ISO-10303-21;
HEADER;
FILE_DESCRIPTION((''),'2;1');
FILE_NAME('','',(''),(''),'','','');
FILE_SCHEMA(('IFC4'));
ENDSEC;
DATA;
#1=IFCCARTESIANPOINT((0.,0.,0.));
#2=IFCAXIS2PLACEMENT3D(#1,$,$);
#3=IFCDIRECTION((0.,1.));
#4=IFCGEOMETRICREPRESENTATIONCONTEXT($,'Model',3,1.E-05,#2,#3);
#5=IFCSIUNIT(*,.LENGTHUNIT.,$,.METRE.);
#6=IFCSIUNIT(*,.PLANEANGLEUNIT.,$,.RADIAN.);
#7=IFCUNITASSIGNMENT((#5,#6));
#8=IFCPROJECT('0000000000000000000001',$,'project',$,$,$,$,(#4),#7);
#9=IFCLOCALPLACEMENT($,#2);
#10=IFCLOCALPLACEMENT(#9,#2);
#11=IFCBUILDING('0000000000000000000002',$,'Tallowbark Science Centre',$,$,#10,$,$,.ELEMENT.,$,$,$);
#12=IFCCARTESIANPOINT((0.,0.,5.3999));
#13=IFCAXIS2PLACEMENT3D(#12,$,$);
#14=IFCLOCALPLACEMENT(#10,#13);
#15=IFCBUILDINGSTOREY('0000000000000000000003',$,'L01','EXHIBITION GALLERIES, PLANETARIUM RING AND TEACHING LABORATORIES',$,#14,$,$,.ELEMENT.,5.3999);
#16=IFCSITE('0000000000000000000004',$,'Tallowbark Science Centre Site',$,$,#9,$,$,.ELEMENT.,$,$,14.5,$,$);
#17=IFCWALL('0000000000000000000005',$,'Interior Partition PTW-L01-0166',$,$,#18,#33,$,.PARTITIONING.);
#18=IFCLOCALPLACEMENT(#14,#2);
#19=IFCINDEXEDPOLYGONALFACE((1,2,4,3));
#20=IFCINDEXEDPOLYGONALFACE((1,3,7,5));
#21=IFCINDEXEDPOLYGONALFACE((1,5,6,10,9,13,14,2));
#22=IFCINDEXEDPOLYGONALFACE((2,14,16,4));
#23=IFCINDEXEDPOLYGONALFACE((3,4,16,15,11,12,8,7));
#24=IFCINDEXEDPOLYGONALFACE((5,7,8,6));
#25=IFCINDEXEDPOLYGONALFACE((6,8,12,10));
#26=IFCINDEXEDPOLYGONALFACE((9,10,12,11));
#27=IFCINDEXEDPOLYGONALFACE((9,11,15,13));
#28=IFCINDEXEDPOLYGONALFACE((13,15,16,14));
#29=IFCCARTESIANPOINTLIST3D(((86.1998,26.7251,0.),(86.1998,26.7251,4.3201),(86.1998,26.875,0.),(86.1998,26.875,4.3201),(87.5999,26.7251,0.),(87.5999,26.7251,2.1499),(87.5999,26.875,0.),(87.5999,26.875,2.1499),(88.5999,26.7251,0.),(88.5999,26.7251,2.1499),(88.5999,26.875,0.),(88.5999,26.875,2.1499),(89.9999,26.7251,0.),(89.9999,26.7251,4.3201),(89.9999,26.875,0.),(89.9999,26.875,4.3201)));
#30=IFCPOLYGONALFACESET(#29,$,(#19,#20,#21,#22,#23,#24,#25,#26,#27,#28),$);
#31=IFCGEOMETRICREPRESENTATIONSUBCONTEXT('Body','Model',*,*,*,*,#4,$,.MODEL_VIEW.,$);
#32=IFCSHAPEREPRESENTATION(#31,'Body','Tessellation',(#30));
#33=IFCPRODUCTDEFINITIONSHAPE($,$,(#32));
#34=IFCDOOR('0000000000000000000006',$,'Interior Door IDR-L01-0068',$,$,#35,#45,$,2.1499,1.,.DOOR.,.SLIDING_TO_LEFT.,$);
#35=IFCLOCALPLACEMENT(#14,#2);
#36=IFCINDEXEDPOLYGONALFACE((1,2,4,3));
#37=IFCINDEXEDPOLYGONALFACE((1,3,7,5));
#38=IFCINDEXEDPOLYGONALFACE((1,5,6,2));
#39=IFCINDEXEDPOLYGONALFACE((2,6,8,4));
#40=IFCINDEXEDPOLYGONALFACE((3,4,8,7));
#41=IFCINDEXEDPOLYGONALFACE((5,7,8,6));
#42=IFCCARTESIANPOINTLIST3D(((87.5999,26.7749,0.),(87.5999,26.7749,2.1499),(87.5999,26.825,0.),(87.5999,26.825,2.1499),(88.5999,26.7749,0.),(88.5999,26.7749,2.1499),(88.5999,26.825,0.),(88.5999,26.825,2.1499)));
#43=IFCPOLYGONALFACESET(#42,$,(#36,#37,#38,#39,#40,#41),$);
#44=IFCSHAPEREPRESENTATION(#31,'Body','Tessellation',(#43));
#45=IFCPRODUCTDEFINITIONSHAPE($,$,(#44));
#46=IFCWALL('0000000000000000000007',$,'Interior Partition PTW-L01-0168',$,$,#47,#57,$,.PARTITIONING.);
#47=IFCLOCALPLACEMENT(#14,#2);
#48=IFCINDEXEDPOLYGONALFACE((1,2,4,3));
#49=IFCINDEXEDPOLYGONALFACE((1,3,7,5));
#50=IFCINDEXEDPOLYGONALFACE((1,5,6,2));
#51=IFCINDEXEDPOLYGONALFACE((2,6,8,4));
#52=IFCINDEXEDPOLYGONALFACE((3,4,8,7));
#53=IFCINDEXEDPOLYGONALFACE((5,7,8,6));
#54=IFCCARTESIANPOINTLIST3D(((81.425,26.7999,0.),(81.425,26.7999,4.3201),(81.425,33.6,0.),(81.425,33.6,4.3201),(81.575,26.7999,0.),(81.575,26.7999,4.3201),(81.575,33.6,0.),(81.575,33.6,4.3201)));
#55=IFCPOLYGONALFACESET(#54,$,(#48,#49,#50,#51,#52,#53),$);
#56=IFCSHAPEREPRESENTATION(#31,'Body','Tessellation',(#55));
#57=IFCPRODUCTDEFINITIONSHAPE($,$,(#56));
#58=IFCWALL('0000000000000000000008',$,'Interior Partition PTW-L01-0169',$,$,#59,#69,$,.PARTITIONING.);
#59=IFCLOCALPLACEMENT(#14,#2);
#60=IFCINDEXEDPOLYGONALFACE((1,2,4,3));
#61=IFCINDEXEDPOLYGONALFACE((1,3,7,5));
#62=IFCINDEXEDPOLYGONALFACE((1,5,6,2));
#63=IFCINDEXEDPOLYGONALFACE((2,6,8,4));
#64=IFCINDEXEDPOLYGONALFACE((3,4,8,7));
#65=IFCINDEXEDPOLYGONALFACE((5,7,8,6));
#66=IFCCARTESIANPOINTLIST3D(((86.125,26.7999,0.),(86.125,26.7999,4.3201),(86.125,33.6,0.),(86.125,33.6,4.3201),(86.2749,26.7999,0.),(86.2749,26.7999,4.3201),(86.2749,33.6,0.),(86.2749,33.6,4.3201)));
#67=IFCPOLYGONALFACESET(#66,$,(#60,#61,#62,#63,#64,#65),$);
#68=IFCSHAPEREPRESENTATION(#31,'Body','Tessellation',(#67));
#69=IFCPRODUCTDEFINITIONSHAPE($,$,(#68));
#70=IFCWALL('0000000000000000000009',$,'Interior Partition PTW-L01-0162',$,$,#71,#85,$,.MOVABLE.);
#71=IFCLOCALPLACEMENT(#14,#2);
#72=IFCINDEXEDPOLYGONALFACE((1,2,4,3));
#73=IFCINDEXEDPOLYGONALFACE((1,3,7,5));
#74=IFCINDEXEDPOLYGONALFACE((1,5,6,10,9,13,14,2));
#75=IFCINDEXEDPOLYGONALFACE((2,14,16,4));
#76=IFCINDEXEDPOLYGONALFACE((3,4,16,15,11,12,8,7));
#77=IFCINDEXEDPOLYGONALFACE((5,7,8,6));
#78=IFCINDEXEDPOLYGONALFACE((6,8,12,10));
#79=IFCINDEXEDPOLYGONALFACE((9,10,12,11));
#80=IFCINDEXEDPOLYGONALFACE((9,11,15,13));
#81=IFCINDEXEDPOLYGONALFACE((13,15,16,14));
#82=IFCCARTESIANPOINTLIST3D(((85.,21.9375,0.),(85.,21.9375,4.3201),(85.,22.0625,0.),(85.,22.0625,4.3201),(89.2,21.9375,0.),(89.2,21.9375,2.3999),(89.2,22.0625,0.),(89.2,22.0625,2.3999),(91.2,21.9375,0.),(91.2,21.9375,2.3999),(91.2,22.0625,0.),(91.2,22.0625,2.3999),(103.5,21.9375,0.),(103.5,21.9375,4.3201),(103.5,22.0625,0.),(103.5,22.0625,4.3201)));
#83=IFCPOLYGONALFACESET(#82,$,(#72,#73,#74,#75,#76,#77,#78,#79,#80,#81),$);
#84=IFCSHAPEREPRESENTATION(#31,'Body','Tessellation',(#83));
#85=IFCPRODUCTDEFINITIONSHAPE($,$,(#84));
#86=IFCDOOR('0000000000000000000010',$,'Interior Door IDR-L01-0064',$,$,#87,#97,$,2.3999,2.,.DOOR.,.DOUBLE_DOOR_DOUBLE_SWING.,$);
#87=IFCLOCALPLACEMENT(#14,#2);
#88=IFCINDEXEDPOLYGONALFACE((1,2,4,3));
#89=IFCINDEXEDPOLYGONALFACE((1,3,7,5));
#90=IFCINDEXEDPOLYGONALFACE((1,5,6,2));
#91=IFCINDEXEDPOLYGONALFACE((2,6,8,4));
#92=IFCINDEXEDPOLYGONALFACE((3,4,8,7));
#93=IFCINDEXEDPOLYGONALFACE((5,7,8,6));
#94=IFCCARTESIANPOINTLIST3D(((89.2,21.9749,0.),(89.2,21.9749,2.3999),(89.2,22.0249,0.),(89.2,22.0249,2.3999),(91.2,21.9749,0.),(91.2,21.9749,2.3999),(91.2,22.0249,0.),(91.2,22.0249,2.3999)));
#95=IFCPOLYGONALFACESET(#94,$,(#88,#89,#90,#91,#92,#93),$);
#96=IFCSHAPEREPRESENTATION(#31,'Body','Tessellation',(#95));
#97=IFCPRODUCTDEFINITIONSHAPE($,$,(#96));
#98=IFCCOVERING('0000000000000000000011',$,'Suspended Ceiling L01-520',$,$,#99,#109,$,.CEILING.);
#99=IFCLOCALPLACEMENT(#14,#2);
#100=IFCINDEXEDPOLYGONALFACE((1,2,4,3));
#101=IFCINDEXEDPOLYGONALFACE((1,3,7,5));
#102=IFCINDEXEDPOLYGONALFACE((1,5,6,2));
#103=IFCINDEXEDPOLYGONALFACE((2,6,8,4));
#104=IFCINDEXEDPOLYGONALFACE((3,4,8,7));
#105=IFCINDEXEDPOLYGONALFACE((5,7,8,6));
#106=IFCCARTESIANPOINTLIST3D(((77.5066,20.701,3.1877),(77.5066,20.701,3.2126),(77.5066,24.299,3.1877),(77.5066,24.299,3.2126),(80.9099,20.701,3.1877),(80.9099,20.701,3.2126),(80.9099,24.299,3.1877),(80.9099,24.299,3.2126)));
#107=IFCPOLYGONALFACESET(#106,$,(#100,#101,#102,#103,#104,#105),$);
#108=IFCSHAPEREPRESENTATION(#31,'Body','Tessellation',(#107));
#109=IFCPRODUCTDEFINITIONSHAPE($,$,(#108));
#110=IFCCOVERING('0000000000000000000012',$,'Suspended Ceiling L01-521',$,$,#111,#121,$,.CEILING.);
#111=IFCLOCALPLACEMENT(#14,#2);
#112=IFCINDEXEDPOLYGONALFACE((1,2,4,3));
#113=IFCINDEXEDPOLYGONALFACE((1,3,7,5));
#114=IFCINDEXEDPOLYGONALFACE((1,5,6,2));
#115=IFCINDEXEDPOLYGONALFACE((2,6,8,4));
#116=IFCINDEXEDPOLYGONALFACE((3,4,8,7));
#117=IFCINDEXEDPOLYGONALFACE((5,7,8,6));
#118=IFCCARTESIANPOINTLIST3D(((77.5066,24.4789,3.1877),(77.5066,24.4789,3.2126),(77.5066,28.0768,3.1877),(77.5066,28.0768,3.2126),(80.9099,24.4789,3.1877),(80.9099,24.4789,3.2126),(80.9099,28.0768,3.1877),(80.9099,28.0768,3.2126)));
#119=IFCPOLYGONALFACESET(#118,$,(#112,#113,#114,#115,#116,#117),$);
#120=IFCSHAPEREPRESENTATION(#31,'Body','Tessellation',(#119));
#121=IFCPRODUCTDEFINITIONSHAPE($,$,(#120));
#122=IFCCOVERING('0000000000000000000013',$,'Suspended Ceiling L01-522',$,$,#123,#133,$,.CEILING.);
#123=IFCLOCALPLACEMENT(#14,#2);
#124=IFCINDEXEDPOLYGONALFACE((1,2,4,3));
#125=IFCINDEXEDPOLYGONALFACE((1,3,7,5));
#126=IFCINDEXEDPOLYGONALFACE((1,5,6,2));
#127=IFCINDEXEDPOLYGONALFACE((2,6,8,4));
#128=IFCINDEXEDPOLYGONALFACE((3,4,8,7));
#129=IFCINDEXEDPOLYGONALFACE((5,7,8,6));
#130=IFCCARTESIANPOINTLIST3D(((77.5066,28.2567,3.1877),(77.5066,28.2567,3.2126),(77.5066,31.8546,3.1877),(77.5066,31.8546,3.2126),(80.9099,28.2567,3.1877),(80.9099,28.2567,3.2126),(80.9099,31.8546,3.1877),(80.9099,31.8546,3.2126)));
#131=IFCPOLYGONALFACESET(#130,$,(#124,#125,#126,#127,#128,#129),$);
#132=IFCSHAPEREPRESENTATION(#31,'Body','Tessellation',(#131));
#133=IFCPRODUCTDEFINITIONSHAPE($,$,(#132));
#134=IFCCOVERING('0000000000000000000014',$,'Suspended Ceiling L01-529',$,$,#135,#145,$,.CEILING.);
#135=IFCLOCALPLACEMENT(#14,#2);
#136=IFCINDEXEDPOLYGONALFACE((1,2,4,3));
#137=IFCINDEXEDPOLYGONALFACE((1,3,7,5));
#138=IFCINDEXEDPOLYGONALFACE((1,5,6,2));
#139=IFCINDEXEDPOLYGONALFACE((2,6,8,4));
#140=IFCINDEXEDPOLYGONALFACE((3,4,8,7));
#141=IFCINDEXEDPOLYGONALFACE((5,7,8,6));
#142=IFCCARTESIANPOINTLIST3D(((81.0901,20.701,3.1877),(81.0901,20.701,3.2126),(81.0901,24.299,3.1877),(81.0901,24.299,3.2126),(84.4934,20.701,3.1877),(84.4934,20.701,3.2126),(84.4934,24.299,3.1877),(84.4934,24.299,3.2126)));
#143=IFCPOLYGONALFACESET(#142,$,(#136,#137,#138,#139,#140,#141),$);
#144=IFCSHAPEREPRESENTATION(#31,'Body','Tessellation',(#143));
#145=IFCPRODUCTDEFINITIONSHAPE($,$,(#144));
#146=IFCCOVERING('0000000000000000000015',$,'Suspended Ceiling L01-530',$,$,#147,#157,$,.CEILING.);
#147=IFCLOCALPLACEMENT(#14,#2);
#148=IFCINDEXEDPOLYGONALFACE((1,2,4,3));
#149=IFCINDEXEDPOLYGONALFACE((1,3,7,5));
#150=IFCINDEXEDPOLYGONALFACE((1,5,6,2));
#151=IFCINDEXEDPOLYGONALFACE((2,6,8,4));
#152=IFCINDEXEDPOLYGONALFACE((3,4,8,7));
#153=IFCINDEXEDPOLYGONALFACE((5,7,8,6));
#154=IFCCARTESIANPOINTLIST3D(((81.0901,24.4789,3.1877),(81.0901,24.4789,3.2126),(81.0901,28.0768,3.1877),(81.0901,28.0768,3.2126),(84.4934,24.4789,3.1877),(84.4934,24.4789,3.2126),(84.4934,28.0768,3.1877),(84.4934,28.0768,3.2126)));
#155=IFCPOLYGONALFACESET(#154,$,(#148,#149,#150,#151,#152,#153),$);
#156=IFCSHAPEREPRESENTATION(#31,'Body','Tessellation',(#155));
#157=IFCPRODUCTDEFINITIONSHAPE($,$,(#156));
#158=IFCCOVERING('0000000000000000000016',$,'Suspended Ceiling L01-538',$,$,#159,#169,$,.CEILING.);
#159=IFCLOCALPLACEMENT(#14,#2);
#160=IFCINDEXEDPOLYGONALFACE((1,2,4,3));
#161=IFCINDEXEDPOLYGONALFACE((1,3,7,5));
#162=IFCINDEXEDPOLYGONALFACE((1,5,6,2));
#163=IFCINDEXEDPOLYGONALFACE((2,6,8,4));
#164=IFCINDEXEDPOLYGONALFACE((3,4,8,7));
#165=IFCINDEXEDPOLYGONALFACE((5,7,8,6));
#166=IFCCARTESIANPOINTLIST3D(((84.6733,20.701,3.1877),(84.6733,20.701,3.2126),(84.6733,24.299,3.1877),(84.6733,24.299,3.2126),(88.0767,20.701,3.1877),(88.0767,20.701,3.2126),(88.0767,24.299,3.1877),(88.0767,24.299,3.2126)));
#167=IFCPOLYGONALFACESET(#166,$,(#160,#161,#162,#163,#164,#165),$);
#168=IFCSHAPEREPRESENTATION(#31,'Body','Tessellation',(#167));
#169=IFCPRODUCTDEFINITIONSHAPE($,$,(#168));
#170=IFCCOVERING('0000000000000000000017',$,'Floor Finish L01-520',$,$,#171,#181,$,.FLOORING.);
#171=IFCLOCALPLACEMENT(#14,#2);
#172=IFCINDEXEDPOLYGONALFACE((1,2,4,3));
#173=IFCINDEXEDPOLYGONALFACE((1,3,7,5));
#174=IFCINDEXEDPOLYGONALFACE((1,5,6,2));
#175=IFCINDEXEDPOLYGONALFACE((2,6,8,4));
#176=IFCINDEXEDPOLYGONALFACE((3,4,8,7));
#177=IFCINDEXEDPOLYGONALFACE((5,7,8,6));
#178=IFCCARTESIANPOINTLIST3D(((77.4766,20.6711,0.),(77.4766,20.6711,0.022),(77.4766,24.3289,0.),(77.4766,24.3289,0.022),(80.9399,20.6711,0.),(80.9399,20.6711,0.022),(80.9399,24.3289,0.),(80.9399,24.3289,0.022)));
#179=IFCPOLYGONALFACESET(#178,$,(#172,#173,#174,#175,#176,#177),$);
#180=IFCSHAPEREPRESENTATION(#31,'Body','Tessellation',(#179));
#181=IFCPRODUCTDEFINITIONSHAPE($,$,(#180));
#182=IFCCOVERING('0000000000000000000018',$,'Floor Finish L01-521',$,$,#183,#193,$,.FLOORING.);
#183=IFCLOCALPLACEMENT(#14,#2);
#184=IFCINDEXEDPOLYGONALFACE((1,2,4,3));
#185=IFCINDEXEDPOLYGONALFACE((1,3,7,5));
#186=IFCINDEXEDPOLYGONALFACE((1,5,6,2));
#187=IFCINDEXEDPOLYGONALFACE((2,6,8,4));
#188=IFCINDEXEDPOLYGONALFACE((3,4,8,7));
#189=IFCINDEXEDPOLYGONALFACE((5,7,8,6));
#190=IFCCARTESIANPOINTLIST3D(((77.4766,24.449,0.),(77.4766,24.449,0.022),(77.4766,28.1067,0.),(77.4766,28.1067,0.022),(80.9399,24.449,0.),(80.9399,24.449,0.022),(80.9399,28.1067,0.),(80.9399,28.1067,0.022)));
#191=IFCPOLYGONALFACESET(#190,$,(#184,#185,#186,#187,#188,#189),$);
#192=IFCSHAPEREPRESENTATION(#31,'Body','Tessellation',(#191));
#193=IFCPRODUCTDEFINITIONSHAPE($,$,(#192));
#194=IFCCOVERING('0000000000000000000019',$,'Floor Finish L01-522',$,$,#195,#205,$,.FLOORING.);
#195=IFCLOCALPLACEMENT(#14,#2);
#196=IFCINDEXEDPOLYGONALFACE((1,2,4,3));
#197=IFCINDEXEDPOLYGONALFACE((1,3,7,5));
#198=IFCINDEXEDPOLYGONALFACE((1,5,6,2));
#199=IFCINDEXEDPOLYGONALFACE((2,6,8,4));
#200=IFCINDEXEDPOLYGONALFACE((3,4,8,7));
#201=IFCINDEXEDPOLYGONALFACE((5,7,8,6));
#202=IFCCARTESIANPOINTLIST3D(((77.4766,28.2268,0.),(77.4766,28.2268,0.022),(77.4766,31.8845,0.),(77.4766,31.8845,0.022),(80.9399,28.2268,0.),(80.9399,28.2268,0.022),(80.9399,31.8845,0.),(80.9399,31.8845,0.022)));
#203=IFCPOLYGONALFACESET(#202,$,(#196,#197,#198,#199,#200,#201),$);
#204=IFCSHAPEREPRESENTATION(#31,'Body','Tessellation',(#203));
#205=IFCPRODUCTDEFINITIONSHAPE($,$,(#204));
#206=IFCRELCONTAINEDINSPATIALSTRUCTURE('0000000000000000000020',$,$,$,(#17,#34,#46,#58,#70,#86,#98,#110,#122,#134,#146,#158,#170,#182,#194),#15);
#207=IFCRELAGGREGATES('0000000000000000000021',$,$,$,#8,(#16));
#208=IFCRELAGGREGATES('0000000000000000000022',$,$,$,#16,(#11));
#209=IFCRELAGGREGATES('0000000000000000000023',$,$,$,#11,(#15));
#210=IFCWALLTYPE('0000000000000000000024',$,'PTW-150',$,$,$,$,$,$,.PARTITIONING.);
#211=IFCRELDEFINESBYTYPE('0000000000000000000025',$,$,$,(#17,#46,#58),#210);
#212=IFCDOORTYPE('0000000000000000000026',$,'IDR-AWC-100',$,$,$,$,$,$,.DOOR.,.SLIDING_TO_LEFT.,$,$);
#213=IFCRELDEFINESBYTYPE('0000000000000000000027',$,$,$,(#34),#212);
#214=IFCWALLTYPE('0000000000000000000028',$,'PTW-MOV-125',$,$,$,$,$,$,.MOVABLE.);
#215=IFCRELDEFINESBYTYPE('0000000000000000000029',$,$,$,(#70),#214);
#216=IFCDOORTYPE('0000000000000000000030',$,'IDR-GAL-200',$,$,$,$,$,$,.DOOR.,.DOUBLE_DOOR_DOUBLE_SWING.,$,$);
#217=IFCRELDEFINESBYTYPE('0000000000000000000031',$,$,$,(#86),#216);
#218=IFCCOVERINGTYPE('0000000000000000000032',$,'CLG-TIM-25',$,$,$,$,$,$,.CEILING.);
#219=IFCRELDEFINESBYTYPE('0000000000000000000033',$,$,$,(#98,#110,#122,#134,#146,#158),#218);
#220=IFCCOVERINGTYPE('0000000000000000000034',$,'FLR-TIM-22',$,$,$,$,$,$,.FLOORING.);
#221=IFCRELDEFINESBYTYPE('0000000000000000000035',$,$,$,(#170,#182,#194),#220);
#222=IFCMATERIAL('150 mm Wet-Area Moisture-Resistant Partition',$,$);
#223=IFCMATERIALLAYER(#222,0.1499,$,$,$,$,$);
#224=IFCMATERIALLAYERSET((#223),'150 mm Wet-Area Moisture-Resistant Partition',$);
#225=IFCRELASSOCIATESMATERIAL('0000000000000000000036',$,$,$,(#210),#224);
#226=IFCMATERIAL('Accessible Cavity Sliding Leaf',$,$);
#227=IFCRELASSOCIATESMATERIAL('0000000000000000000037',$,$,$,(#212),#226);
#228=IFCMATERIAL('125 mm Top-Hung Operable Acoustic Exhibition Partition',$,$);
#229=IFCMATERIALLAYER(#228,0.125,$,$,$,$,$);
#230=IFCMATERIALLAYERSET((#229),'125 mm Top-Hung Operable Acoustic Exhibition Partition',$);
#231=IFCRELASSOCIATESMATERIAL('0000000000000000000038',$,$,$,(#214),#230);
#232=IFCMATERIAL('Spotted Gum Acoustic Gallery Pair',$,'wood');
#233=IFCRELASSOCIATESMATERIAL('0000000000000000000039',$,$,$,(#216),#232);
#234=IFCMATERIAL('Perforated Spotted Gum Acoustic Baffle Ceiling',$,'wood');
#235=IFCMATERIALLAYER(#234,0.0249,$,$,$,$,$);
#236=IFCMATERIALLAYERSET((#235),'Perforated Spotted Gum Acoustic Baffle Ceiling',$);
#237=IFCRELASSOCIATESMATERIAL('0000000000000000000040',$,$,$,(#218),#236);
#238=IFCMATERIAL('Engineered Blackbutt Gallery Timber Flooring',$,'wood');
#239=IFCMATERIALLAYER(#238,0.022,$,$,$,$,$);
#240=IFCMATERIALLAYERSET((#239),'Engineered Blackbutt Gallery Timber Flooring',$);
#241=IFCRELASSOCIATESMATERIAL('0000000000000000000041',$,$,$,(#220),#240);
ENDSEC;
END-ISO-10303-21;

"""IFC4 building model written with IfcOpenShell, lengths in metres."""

from ifc_helpers import new_model, si_unit, direction, frame, frame_2d, origin, origin_2d, place, context, subcontext, project, spatial, rectangle, extrude, material, layer, layer_set, type_object, element, fill, save


model = new_model("IFC4")

# Units and contexts
model_context = context("Model", 3, precision=1e-05, world=origin(), true_north=direction((0.0, 1.0)))
body_context = subcontext(model_context, "Body", "Model", "MODEL_VIEW")
ifc_project = project(units=[si_unit("LENGTHUNIT", "METRE"), si_unit("PLANEANGLEUNIT", "RADIAN")], contexts=[model_context])

# Site, building, storey
site_placement = place(None, origin())
site = spatial("IfcSite", under=ifc_project, at=site_placement, Name="Tallowbark Science Centre Site", CompositionType="ELEMENT", RefElevation=14.5)
building_placement = place(site_placement, origin())
building = spatial("IfcBuilding", under=site, at=building_placement, Name="Tallowbark Science Centre", CompositionType="ELEMENT")
storey_placement = place(building_placement, frame((0.0, 0.0, 5.3999)))
storey = spatial("IfcBuildingStorey", under=building, at=storey_placement, Name="L01", Description="EXHIBITION GALLERIES, PLANETARIUM RING AND TEACHING LABORATORIES", CompositionType="ELEMENT", Elevation=5.3999)

# Wall, opening, door
ifc_material_1 = material(Name="150 mm Wet-Area Moisture-Resistant Partition")
ifc_layer_1 = layer(ifc_material_1, 0.1499)
ifc_layer_set_1 = layer_set([ifc_layer_1], Name="150 mm Wet-Area Moisture-Resistant Partition")
wall_type_1 = type_object("IfcWallType", Name="PTW-150", PredefinedType="PARTITIONING", material=ifc_layer_set_1)
wall_1_placement = place(storey_placement, frame((86.2, 26.8, 0.0), z_axis=(0.0, 0.0, 1.0), x_axis=(1.0, 0.0, 0.0)))
wall_1 = element("IfcWall", 1, at=wall_1_placement, inside=storey, type_object=wall_type_1, Name="Interior Partition PTW-L01-0166", PredefinedType="PARTITIONING", context=body_context, shape_type="SweptSolid", body=[
    extrude(rectangle(XDim=3.8, YDim=0.1499, at=frame_2d((1.8999, 0.0))), origin(), (0.0, 0.0, 1.0), 4.3201),
])
opening_1_placement = place(wall_1_placement, frame((1.3999, 0.0, 0.0)))
opening_1 = element("IfcOpeningElement", 2, at=opening_1_placement, cuts=wall_1, PredefinedType="OPENING", context=body_context, shape_type="SweptSolid", body=[
    extrude(rectangle(XDim=1.0, YDim=2.1499, at=frame_2d((0.5, 1.075))), frame((0.0, 0.085, 0.0), z_axis=(0.0, -1.0, 0.0), x_axis=(1.0, 0.0, 0.0)), (0.0, 0.0, 1.0), 0.1699),
])
ifc_material_2 = material(Name="Accessible Cavity Sliding Leaf")
door_type_1 = type_object("IfcDoorType", Name="IDR-AWC-100", OperationType="SLIDING_TO_LEFT", PredefinedType="DOOR", material=ifc_material_2)
door_1_placement = place(opening_1_placement, origin())
door_1 = element("IfcDoor", 3, at=door_1_placement, inside=storey, type_object=door_type_1, Name="Interior Door IDR-L01-0068", OperationType="SLIDING_TO_LEFT", OverallHeight=2.1499, OverallWidth=1.0, PredefinedType="DOOR", context=body_context, shape_type="SweptSolid", body=[
    extrude(rectangle(XDim=1.0, YDim=2.1499, at=frame_2d((0.5, 1.075))), frame((0.0, 0.0249, 0.0), z_axis=(0.0, -1.0, 0.0), x_axis=(1.0, 0.0, 0.0)), (0.0, 0.0, 1.0), 0.05),
])
fill(opening_1, door_1)

# Walls
for number, where, z_axis, x_axis, name in (
    (4, (81.5, 26.8, 0.0), (0.0, 0.0, 1.0), (0.0, 1.0, 0.0), "Interior Partition PTW-L01-0168"),
    (5, (86.2, 26.8, 0.0), (0.0, 0.0, 1.0), (0.0, 1.0, 0.0), "Interior Partition PTW-L01-0169"),
):
    element("IfcWall", number, at=place(storey_placement, frame(where, z_axis=z_axis, x_axis=x_axis)), inside=storey, type_object=wall_type_1, Name=name, PredefinedType="PARTITIONING", context=body_context, shape_type="SweptSolid", body=[
        extrude(rectangle(XDim=6.8, YDim=0.1499, at=frame_2d((3.3999, 0.0))), origin(), (0.0, 0.0, 1.0), 4.3201),
    ])

# Wall, opening, door
ifc_material_3 = material(Name="125 mm Top-Hung Operable Acoustic Exhibition Partition")
ifc_layer_2 = layer(ifc_material_3, 0.125)
ifc_layer_set_2 = layer_set([ifc_layer_2], Name="125 mm Top-Hung Operable Acoustic Exhibition Partition")
wall_type_2 = type_object("IfcWallType", Name="PTW-MOV-125", PredefinedType="MOVABLE", material=ifc_layer_set_2)
wall_2_placement = place(storey_placement, frame((85.0, 22.0, 0.0), z_axis=(0.0, 0.0, 1.0), x_axis=(1.0, 0.0, 0.0)))
wall_2 = element("IfcWall", 6, at=wall_2_placement, inside=storey, type_object=wall_type_2, Name="Interior Partition PTW-L01-0162", PredefinedType="MOVABLE", context=body_context, shape_type="SweptSolid", body=[
    extrude(rectangle(XDim=18.5, YDim=0.125, at=frame_2d((9.25, 0.0))), origin(), (0.0, 0.0, 1.0), 4.3201),
])
opening_2_placement = place(wall_2_placement, frame((4.2, 0.0, 0.0)))
opening_2 = element("IfcOpeningElement", 7, at=opening_2_placement, cuts=wall_2, PredefinedType="OPENING", context=body_context, shape_type="SweptSolid", body=[
    extrude(rectangle(XDim=2.0, YDim=2.3999, at=frame_2d((1.0, 1.2))), frame((0.0, 0.0725, 0.0), z_axis=(0.0, -1.0, 0.0), x_axis=(1.0, 0.0, 0.0)), (0.0, 0.0, 1.0), 0.145),
])
ifc_material_4 = material(Name="Spotted Gum Acoustic Gallery Pair", Category="wood")
door_type_2 = type_object("IfcDoorType", Name="IDR-GAL-200", OperationType="DOUBLE_DOOR_DOUBLE_SWING", PredefinedType="DOOR", material=ifc_material_4)
door_2_placement = place(opening_2_placement, origin())
door_2 = element("IfcDoor", 8, at=door_2_placement, inside=storey, type_object=door_type_2, Name="Interior Door IDR-L01-0064", OperationType="DOUBLE_DOOR_DOUBLE_SWING", OverallHeight=2.3999, OverallWidth=2.0, PredefinedType="DOOR", context=body_context, shape_type="SweptSolid", body=[
    extrude(rectangle(XDim=2.0, YDim=2.3999, at=frame_2d((1.0, 1.2))), frame((0.0, 0.0249, 0.0), z_axis=(0.0, -1.0, 0.0), x_axis=(1.0, 0.0, 0.0)), (0.0, 0.0, 1.0), 0.05),
])
fill(opening_2, door_2)

# Coverings
ifc_material_5 = material(Name="Perforated Spotted Gum Acoustic Baffle Ceiling", Category="wood")
ifc_layer_3 = layer(ifc_material_5, 0.0249)
ifc_layer_set_3 = layer_set([ifc_layer_3], Name="Perforated Spotted Gum Acoustic Baffle Ceiling")
covering_type_1 = type_object("IfcCoveringType", Name="CLG-TIM-25", PredefinedType="CEILING", material=ifc_layer_set_3)
for number, where, z_axis, x_axis, name in (
    (9, (79.2083, 22.5, 3.1877), (0.0, 0.0, 1.0), (1.0, 0.0, 0.0), "Suspended Ceiling L01-520"),
    (10, (79.2083, 26.2778, 3.1877), (0.0, 0.0, 1.0), (1.0, 0.0, 0.0), "Suspended Ceiling L01-521"),
    (11, (79.2083, 30.0557, 3.1877), (0.0, 0.0, 1.0), (1.0, 0.0, 0.0), "Suspended Ceiling L01-522"),
    (12, (82.7917, 22.5, 3.1877), (0.0, 0.0, 1.0), (1.0, 0.0, 0.0), "Suspended Ceiling L01-529"),
    (13, (82.7917, 26.2778, 3.1877), (0.0, 0.0, 1.0), (1.0, 0.0, 0.0), "Suspended Ceiling L01-530"),
    (14, (86.375, 22.5, 3.1877), (0.0, 0.0, 1.0), (1.0, 0.0, 0.0), "Suspended Ceiling L01-538"),
):
    element("IfcCovering", number, at=place(storey_placement, frame(where, z_axis=z_axis, x_axis=x_axis)), inside=storey, type_object=covering_type_1, Name=name, PredefinedType="CEILING", context=body_context, shape_type="SweptSolid", body=[
        extrude(rectangle(XDim=3.4033, YDim=3.5979, at=origin_2d()), origin(), (0.0, 0.0, 1.0), 0.0249),
    ])
ifc_material_6 = material(Name="Engineered Blackbutt Gallery Timber Flooring", Category="wood")
ifc_layer_4 = layer(ifc_material_6, 0.022)
ifc_layer_set_4 = layer_set([ifc_layer_4], Name="Engineered Blackbutt Gallery Timber Flooring")
covering_type_2 = type_object("IfcCoveringType", Name="FLR-TIM-22", PredefinedType="FLOORING", material=ifc_layer_set_4)
for number, where, z_axis, x_axis, name in (
    (15, (79.2083, 22.5, 0.0), (0.0, 0.0, 1.0), (1.0, 0.0, 0.0), "Floor Finish L01-520"),
    (16, (79.2083, 26.2778, 0.0), (0.0, 0.0, 1.0), (1.0, 0.0, 0.0), "Floor Finish L01-521"),
    (17, (79.2083, 30.0557, 0.0), (0.0, 0.0, 1.0), (1.0, 0.0, 0.0), "Floor Finish L01-522"),
):
    element("IfcCovering", number, at=place(storey_placement, frame(where, z_axis=z_axis, x_axis=x_axis)), inside=storey, type_object=covering_type_2, Name=name, PredefinedType="FLOORING", context=body_context, shape_type="SweptSolid", body=[
        extrude(rectangle(XDim=3.4634, YDim=3.6577, at=origin_2d()), origin(), (0.0, 0.0, 1.0), 0.022),
    ])

save(model, "model.ifc")
